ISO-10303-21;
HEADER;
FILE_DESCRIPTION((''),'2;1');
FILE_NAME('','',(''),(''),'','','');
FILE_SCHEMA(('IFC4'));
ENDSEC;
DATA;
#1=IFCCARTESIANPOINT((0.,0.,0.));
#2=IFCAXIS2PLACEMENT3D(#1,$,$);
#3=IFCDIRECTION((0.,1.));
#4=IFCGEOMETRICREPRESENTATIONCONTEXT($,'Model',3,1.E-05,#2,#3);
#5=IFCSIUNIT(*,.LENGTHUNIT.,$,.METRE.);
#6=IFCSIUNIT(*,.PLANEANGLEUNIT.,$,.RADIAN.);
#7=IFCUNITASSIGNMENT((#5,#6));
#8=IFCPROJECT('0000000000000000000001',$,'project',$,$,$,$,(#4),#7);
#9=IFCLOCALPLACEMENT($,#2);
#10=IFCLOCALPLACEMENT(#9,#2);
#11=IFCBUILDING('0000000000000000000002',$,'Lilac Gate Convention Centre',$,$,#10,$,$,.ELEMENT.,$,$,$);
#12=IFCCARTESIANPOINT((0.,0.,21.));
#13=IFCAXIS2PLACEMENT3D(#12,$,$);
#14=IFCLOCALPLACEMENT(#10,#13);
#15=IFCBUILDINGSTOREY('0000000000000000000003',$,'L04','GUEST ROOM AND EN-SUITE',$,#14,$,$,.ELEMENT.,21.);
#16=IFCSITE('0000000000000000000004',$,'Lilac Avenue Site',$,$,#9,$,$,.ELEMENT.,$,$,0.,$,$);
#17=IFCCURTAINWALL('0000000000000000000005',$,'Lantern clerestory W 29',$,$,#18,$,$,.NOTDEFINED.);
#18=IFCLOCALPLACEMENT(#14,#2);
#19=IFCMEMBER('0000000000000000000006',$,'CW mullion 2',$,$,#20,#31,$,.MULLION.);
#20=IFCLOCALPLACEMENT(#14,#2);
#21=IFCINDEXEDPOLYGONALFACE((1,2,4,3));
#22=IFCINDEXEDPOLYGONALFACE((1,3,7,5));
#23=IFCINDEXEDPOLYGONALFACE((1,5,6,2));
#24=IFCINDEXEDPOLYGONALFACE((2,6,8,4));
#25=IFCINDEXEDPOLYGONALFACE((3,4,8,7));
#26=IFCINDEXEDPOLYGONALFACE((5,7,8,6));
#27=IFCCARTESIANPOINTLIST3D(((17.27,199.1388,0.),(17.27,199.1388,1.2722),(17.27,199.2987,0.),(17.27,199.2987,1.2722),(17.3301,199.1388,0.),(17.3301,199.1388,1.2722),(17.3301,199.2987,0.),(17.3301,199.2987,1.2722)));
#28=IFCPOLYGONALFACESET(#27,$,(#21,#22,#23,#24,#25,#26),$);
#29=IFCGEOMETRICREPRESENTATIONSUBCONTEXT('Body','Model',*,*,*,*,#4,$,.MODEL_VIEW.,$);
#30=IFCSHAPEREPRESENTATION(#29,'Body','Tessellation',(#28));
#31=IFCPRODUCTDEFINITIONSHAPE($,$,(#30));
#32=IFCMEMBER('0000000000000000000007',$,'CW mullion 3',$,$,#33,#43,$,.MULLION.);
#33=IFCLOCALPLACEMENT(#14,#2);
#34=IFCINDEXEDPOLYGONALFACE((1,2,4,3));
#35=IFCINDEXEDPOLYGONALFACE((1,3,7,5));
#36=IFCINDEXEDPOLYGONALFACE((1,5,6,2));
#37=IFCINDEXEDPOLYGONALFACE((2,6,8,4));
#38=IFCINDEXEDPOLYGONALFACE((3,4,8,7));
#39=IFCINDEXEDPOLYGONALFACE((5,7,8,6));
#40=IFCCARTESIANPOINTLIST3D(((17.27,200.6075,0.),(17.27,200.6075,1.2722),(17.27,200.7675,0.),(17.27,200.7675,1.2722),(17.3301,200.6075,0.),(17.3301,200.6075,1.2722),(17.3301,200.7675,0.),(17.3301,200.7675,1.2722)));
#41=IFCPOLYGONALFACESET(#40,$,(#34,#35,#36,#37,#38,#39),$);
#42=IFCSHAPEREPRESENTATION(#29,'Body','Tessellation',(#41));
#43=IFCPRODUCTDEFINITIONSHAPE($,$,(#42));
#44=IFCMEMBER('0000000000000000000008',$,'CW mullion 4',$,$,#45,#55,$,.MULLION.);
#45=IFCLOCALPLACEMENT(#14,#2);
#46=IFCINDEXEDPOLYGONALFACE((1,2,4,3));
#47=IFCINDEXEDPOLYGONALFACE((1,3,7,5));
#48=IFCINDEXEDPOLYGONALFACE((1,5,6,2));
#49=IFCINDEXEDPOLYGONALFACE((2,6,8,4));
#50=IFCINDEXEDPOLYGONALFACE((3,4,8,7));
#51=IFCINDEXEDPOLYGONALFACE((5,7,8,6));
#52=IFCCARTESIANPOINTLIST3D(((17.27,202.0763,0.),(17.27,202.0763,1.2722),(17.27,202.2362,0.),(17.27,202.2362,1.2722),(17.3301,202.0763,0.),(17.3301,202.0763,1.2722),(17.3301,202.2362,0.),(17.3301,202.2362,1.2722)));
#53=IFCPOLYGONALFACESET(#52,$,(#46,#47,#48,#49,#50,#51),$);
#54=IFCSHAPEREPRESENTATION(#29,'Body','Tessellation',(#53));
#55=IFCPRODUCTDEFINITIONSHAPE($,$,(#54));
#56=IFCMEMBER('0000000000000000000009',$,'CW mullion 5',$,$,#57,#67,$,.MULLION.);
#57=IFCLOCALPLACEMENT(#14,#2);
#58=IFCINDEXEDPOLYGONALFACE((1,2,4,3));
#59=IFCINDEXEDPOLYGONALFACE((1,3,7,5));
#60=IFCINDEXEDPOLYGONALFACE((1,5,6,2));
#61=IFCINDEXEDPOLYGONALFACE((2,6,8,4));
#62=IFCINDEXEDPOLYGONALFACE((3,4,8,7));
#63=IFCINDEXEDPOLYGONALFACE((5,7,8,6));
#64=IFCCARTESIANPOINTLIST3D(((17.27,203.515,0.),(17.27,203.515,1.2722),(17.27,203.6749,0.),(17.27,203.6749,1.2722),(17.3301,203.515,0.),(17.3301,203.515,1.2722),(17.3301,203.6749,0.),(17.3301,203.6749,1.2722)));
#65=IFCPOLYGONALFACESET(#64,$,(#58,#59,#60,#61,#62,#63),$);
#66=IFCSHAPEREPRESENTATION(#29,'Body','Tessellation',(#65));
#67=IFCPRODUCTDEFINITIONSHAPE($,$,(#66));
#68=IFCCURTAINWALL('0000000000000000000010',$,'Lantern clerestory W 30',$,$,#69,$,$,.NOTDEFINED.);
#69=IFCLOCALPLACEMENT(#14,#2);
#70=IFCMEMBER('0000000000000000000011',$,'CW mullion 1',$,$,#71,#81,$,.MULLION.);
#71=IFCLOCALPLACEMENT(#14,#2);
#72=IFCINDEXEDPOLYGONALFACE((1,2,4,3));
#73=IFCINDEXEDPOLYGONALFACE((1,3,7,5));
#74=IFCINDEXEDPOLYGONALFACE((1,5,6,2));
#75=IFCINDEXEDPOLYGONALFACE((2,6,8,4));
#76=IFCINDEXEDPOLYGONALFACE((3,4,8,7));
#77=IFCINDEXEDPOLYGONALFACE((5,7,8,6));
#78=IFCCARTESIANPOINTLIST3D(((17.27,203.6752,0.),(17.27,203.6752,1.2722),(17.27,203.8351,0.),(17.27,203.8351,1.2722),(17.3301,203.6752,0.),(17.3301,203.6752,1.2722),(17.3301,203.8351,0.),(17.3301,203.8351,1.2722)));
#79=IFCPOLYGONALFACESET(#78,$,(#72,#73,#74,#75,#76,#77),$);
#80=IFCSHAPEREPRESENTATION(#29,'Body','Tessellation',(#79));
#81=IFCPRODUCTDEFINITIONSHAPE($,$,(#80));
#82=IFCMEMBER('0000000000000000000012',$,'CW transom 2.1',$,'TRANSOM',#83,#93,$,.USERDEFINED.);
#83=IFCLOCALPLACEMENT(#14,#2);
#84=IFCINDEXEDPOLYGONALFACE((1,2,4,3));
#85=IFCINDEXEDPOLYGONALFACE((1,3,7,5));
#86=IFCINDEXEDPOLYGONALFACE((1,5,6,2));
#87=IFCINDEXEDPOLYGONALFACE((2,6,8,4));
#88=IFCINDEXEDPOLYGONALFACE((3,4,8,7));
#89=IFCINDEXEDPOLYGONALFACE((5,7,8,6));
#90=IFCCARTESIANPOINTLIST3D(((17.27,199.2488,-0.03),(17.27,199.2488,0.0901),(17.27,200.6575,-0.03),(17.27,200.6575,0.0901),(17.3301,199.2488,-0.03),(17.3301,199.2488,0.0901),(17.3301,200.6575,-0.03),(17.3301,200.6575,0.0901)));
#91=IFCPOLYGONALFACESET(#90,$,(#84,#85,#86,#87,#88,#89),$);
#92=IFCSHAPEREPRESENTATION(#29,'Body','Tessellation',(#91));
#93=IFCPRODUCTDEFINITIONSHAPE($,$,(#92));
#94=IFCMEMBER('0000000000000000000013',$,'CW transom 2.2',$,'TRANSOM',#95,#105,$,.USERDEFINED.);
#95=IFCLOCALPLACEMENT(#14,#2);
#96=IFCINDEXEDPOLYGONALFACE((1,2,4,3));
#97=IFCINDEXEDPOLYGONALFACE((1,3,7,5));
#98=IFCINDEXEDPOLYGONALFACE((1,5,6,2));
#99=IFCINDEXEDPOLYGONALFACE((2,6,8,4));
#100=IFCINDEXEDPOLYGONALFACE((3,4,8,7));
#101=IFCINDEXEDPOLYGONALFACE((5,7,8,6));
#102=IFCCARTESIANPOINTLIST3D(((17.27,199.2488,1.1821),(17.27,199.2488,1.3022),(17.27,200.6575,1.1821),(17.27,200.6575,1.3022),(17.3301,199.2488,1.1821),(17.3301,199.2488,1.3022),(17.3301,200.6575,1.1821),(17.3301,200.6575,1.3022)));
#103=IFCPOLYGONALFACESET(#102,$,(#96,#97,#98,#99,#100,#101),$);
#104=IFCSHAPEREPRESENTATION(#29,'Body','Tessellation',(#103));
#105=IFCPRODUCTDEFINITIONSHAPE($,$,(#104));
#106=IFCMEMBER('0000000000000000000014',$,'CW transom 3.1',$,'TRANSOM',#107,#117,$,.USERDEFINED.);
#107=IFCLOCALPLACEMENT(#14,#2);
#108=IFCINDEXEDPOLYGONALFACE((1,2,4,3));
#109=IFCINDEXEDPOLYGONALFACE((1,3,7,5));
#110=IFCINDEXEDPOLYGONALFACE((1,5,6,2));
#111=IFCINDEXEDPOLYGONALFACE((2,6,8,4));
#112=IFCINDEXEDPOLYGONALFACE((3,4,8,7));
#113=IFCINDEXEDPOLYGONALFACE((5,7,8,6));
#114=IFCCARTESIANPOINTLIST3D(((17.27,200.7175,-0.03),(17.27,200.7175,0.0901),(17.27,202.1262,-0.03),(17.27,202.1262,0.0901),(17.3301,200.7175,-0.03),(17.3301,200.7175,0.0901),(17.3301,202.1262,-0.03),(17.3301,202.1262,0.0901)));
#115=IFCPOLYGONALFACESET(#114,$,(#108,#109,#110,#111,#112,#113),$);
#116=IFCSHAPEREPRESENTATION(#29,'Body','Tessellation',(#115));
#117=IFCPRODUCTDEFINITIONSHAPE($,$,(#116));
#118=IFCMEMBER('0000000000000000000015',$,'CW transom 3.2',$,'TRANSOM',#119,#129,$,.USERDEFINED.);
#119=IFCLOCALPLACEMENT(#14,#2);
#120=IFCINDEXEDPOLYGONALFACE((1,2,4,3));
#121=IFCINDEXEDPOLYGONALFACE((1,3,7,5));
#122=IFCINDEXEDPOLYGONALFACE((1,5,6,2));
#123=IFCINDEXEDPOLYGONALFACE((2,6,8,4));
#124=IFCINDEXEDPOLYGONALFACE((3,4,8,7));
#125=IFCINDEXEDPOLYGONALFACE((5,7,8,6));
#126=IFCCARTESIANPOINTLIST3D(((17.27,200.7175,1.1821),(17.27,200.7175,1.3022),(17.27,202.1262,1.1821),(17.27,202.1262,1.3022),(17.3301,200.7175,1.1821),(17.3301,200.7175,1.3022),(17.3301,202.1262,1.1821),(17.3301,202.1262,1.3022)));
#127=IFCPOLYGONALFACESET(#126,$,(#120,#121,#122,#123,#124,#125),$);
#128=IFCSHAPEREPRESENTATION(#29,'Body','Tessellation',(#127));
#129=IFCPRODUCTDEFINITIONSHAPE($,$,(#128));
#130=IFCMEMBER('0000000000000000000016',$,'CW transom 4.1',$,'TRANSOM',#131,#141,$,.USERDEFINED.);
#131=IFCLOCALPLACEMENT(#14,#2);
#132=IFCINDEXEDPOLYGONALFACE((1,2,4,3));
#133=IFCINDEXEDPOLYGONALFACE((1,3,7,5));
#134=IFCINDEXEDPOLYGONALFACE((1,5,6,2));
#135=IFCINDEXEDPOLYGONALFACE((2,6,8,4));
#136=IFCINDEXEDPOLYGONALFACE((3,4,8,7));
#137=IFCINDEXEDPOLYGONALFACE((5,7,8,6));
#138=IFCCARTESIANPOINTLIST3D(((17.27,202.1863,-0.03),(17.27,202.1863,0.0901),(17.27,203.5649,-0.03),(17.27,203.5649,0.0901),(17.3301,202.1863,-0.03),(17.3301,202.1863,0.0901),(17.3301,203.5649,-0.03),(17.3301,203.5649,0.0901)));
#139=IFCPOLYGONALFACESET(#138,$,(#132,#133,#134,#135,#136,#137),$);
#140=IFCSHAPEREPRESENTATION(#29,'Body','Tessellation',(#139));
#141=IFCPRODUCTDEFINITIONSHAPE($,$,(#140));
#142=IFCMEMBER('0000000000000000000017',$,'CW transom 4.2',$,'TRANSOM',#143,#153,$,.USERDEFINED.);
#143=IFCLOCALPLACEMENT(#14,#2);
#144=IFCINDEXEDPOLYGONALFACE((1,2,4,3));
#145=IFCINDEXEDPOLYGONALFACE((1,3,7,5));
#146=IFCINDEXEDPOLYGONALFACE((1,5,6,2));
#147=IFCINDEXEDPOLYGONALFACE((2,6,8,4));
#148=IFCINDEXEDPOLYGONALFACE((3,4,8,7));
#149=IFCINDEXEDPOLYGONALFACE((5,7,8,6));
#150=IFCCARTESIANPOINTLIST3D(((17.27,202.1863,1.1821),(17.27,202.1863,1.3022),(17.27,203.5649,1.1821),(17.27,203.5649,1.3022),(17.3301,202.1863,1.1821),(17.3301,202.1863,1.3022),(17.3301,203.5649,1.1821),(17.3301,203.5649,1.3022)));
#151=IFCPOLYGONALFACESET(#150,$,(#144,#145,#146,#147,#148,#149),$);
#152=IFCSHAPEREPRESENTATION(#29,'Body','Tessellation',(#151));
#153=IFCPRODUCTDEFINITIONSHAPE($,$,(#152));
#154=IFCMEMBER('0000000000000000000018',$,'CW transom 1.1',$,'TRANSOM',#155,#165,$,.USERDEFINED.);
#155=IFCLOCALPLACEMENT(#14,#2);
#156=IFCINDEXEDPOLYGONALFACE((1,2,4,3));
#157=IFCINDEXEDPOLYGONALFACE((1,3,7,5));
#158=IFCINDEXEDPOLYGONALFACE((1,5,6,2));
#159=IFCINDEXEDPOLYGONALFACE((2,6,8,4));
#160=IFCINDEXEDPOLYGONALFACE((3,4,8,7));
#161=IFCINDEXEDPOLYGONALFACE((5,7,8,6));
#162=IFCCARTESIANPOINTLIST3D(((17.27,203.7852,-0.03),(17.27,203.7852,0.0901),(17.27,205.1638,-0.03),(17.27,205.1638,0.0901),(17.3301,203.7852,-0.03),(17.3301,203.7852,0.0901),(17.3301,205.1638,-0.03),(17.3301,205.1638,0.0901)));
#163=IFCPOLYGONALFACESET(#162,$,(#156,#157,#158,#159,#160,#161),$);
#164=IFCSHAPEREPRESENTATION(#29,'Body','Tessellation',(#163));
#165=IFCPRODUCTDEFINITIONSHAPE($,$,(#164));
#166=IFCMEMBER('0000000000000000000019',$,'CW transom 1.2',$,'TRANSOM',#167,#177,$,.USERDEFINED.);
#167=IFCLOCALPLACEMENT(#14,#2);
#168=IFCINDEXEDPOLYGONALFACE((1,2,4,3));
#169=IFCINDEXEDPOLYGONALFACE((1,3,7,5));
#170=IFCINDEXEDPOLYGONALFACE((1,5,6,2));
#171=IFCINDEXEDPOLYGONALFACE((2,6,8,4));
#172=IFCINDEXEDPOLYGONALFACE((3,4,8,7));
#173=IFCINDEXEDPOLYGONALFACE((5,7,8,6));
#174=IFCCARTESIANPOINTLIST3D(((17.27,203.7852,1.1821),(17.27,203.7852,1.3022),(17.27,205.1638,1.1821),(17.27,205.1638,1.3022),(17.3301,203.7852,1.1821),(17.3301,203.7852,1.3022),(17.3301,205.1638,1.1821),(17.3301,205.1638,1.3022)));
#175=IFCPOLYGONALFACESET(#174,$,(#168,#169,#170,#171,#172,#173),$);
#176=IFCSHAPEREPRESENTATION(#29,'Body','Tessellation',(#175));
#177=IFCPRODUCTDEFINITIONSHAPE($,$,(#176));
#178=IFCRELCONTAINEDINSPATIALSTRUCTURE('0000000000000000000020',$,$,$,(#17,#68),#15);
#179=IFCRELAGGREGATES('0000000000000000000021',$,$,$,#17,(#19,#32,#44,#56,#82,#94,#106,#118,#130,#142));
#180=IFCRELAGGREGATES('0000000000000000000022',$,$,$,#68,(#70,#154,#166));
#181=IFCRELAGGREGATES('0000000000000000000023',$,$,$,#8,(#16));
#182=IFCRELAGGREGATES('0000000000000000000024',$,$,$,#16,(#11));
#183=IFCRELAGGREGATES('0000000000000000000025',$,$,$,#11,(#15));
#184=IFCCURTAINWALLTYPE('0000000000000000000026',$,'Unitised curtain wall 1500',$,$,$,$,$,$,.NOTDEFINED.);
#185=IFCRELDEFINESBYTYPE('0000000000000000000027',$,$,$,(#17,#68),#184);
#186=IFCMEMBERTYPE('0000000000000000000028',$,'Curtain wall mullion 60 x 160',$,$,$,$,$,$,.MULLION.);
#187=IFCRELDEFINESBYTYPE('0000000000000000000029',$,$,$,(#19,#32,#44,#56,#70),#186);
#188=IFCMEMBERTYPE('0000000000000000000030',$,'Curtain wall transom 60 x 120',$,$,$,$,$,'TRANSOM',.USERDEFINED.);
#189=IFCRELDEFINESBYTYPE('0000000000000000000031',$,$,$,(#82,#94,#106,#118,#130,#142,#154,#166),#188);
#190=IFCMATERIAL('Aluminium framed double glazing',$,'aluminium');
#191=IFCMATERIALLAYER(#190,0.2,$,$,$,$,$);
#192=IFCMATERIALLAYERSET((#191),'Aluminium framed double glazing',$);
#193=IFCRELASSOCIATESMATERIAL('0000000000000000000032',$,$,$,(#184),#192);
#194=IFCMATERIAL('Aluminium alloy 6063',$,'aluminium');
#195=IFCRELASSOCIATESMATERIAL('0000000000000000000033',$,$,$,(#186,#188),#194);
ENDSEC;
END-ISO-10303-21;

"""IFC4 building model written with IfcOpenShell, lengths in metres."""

from ifc_helpers import new_model, si_unit, direction, frame, origin, origin_2d, place, context, subcontext, project, spatial, rectangle, extrude, material, layer, layer_set, material_profile, profile_set, type_object, element, aggregate, save


model = new_model("IFC4")

# Units and contexts
model_context = context("Model", 3, precision=1e-05, world=origin(), true_north=direction((0.0, 1.0)))
body_context = subcontext(model_context, "Body", "Model", "MODEL_VIEW")
ifc_project = project(units=[si_unit("LENGTHUNIT", "METRE"), si_unit("PLANEANGLEUNIT", "RADIAN")], contexts=[model_context])

# Site, building, storey
site_placement = place(None, origin())
site = spatial("IfcSite", under=ifc_project, at=site_placement, Name="Lilac Avenue Site", CompositionType="ELEMENT", RefElevation=0.0)
building_placement = place(site_placement, origin())
building = spatial("IfcBuilding", under=site, at=building_placement, Name="Lilac Gate Convention Centre", CompositionType="ELEMENT")
storey_placement = place(building_placement, frame((0.0, 0.0, 21.0)))
storey = spatial("IfcBuildingStorey", under=building, at=storey_placement, Name="L04", Description="GUEST ROOM AND EN-SUITE", CompositionType="ELEMENT", Elevation=21.0)

# Curtain wall, members
ifc_material_1 = material(Name="Aluminium framed double glazing", Category="aluminium")
ifc_layer_1 = layer(ifc_material_1, 0.2)
ifc_layer_set_1 = layer_set([ifc_layer_1], Name="Aluminium framed double glazing")
curtain_wall_type = type_object("IfcCurtainWallType", Name="Unitised curtain wall 1500", PredefinedType="NOTDEFINED", material=ifc_layer_set_1)
curtain_wall_1_placement = place(storey_placement, origin())
curtain_wall_1 = element("IfcCurtainWall", 1, at=curtain_wall_1_placement, inside=storey, type_object=curtain_wall_type, Name="Lantern clerestory W 29", PredefinedType="NOTDEFINED")
ifc_material_2 = material(Name="Aluminium alloy 6063", Category="aluminium")
ifc_material_profile_1 = material_profile(ifc_material_2, rectangle(XDim=0.0601, YDim=0.1599, at=origin_2d()), Name="Curtain wall mullion 60 x 160")
ifc_profile_set_1 = profile_set([ifc_material_profile_1], Name="Aluminium alloy 6063")
member_type_1 = type_object("IfcMemberType", Name="Curtain wall mullion 60 x 160", PredefinedType="MULLION", material=ifc_profile_set_1)
member_1_placement = place(storey_placement, frame((17.3, 199.2188, 0.0), z_axis=(0.0, 0.0, 1.0), x_axis=(-1.0, 0.0, 0.0)))
member_1 = element("IfcMember", 2, at=member_1_placement, type_object=member_type_1, Name="CW mullion 2", PredefinedType="MULLION", context=body_context, shape_type="SweptSolid", body=[
    extrude(rectangle(XDim=0.0601, YDim=0.1599, at=origin_2d()), origin(), (0.0, 0.0, 1.0), 1.2722),
])
member_2_placement = place(storey_placement, frame((17.3, 200.6875, 0.0), z_axis=(0.0, 0.0, 1.0), x_axis=(-1.0, 0.0, 0.0)))
member_2 = element("IfcMember", 3, at=member_2_placement, type_object=member_type_1, Name="CW mullion 3", PredefinedType="MULLION", context=body_context, shape_type="SweptSolid", body=[
    extrude(rectangle(XDim=0.0601, YDim=0.1599, at=origin_2d()), origin(), (0.0, 0.0, 1.0), 1.2722),
])
member_3_placement = place(storey_placement, frame((17.3, 202.1562, 0.0), z_axis=(0.0, 0.0, 1.0), x_axis=(-1.0, 0.0, 0.0)))
member_3 = element("IfcMember", 4, at=member_3_placement, type_object=member_type_1, Name="CW mullion 4", PredefinedType="MULLION", context=body_context, shape_type="SweptSolid", body=[
    extrude(rectangle(XDim=0.0601, YDim=0.1599, at=origin_2d()), origin(), (0.0, 0.0, 1.0), 1.2722),
])
member_4_placement = place(storey_placement, frame((17.3, 203.595, 0.0), z_axis=(0.0, 0.0, 1.0), x_axis=(-1.0, 0.0, 0.0)))
member_4 = element("IfcMember", 5, at=member_4_placement, type_object=member_type_1, Name="CW mullion 5", PredefinedType="MULLION", context=body_context, shape_type="SweptSolid", body=[
    extrude(rectangle(XDim=0.0601, YDim=0.1599, at=origin_2d()), origin(), (0.0, 0.0, 1.0), 1.2722),
])

# Curtain wall, member
curtain_wall_2_placement = place(storey_placement, origin())
curtain_wall_2 = element("IfcCurtainWall", 6, at=curtain_wall_2_placement, inside=storey, type_object=curtain_wall_type, Name="Lantern clerestory W 30", PredefinedType="NOTDEFINED")
member_5_placement = place(storey_placement, frame((17.3, 203.7551, 0.0), z_axis=(0.0, 0.0, 1.0), x_axis=(-1.0, 0.0, 0.0)))
member_5 = element("IfcMember", 7, at=member_5_placement, type_object=member_type_1, Name="CW mullion 1", PredefinedType="MULLION", context=body_context, shape_type="SweptSolid", body=[
    extrude(rectangle(XDim=0.0601, YDim=0.1599, at=origin_2d()), origin(), (0.0, 0.0, 1.0), 1.2722),
])

# Members
ifc_material_profile_2 = material_profile(ifc_material_2, rectangle(XDim=0.0601, YDim=0.1201, at=origin_2d()), Name="Curtain wall transom 60 x 120")
ifc_profile_set_2 = profile_set([ifc_material_profile_2], Name="Aluminium alloy 6063")
member_type_2 = type_object("IfcMemberType", Name="Curtain wall transom 60 x 120", ElementType="TRANSOM", PredefinedType="USERDEFINED", material=ifc_profile_set_2)
member_6_placement = place(storey_placement, frame((17.3, 199.2488, 0.03), z_axis=(0.0, 1.0, 0.0), x_axis=(-1.0, 0.0, 0.0)))
member_6 = element("IfcMember", 8, at=member_6_placement, type_object=member_type_2, Name="CW transom 2.1", ObjectType="TRANSOM", PredefinedType="USERDEFINED", context=body_context, shape_type="SweptSolid", body=[
    extrude(rectangle(XDim=0.0601, YDim=0.1201, at=origin_2d()), origin(), (0.0, 0.0, 1.0), 1.4087),
])
member_7_placement = place(storey_placement, frame((17.3, 199.2488, 1.2422), z_axis=(0.0, 1.0, 0.0), x_axis=(-1.0, 0.0, 0.0)))
member_7 = element("IfcMember", 9, at=member_7_placement, type_object=member_type_2, Name="CW transom 2.2", ObjectType="TRANSOM", PredefinedType="USERDEFINED", context=body_context, shape_type="SweptSolid", body=[
    extrude(rectangle(XDim=0.0601, YDim=0.1201, at=origin_2d()), origin(), (0.0, 0.0, 1.0), 1.4087),
])
member_8_placement = place(storey_placement, frame((17.3, 200.7175, 0.03), z_axis=(0.0, 1.0, 0.0), x_axis=(-1.0, 0.0, 0.0)))
member_8 = element("IfcMember", 10, at=member_8_placement, type_object=member_type_2, Name="CW transom 3.1", ObjectType="TRANSOM", PredefinedType="USERDEFINED", context=body_context, shape_type="SweptSolid", body=[
    extrude(rectangle(XDim=0.0601, YDim=0.1201, at=origin_2d()), origin(), (0.0, 0.0, 1.0), 1.4087),
])
member_9_placement = place(storey_placement, frame((17.3, 200.7175, 1.2422), z_axis=(0.0, 1.0, 0.0), x_axis=(-1.0, 0.0, 0.0)))
member_9 = element("IfcMember", 11, at=member_9_placement, type_object=member_type_2, Name="CW transom 3.2", ObjectType="TRANSOM", PredefinedType="USERDEFINED", context=body_context, shape_type="SweptSolid", body=[
    extrude(rectangle(XDim=0.0601, YDim=0.1201, at=origin_2d()), origin(), (0.0, 0.0, 1.0), 1.4087),
])
member_10_placement = place(storey_placement, frame((17.3, 202.1863, 0.03), z_axis=(0.0, 1.0, 0.0), x_axis=(-1.0, 0.0, 0.0)))
member_10 = element("IfcMember", 12, at=member_10_placement, type_object=member_type_2, Name="CW transom 4.1", ObjectType="TRANSOM", PredefinedType="USERDEFINED", context=body_context, shape_type="SweptSolid", body=[
    extrude(rectangle(XDim=0.0601, YDim=0.1201, at=origin_2d()), origin(), (0.0, 0.0, 1.0), 1.3787),
])
member_11_placement = place(storey_placement, frame((17.3, 202.1863, 1.2422), z_axis=(0.0, 1.0, 0.0), x_axis=(-1.0, 0.0, 0.0)))
member_11 = element("IfcMember", 13, at=member_11_placement, type_object=member_type_2, Name="CW transom 4.2", ObjectType="TRANSOM", PredefinedType="USERDEFINED", context=body_context, shape_type="SweptSolid", body=[
    extrude(rectangle(XDim=0.0601, YDim=0.1201, at=origin_2d()), origin(), (0.0, 0.0, 1.0), 1.3787),
])
member_12_placement = place(storey_placement, frame((17.3, 203.7852, 0.03), z_axis=(0.0, 1.0, 0.0), x_axis=(-1.0, 0.0, 0.0)))
member_12 = element("IfcMember", 14, at=member_12_placement, type_object=member_type_2, Name="CW transom 1.1", ObjectType="TRANSOM", PredefinedType="USERDEFINED", context=body_context, shape_type="SweptSolid", body=[
    extrude(rectangle(XDim=0.0601, YDim=0.1201, at=origin_2d()), origin(), (0.0, 0.0, 1.0), 1.3787),
])
member_13_placement = place(storey_placement, frame((17.3, 203.7852, 1.2422), z_axis=(0.0, 1.0, 0.0), x_axis=(-1.0, 0.0, 0.0)))
member_13 = element("IfcMember", 15, at=member_13_placement, type_object=member_type_2, Name="CW transom 1.2", ObjectType="TRANSOM", PredefinedType="USERDEFINED", context=body_context, shape_type="SweptSolid", body=[
    extrude(rectangle(XDim=0.0601, YDim=0.1201, at=origin_2d()), origin(), (0.0, 0.0, 1.0), 1.3787),
])

aggregate(curtain_wall_1, [member_1, member_2, member_3, member_4, member_6, member_7, member_8, member_9, member_10, member_11])
aggregate(curtain_wall_2, [member_5, member_12, member_13])

save(model, "model.ifc")
